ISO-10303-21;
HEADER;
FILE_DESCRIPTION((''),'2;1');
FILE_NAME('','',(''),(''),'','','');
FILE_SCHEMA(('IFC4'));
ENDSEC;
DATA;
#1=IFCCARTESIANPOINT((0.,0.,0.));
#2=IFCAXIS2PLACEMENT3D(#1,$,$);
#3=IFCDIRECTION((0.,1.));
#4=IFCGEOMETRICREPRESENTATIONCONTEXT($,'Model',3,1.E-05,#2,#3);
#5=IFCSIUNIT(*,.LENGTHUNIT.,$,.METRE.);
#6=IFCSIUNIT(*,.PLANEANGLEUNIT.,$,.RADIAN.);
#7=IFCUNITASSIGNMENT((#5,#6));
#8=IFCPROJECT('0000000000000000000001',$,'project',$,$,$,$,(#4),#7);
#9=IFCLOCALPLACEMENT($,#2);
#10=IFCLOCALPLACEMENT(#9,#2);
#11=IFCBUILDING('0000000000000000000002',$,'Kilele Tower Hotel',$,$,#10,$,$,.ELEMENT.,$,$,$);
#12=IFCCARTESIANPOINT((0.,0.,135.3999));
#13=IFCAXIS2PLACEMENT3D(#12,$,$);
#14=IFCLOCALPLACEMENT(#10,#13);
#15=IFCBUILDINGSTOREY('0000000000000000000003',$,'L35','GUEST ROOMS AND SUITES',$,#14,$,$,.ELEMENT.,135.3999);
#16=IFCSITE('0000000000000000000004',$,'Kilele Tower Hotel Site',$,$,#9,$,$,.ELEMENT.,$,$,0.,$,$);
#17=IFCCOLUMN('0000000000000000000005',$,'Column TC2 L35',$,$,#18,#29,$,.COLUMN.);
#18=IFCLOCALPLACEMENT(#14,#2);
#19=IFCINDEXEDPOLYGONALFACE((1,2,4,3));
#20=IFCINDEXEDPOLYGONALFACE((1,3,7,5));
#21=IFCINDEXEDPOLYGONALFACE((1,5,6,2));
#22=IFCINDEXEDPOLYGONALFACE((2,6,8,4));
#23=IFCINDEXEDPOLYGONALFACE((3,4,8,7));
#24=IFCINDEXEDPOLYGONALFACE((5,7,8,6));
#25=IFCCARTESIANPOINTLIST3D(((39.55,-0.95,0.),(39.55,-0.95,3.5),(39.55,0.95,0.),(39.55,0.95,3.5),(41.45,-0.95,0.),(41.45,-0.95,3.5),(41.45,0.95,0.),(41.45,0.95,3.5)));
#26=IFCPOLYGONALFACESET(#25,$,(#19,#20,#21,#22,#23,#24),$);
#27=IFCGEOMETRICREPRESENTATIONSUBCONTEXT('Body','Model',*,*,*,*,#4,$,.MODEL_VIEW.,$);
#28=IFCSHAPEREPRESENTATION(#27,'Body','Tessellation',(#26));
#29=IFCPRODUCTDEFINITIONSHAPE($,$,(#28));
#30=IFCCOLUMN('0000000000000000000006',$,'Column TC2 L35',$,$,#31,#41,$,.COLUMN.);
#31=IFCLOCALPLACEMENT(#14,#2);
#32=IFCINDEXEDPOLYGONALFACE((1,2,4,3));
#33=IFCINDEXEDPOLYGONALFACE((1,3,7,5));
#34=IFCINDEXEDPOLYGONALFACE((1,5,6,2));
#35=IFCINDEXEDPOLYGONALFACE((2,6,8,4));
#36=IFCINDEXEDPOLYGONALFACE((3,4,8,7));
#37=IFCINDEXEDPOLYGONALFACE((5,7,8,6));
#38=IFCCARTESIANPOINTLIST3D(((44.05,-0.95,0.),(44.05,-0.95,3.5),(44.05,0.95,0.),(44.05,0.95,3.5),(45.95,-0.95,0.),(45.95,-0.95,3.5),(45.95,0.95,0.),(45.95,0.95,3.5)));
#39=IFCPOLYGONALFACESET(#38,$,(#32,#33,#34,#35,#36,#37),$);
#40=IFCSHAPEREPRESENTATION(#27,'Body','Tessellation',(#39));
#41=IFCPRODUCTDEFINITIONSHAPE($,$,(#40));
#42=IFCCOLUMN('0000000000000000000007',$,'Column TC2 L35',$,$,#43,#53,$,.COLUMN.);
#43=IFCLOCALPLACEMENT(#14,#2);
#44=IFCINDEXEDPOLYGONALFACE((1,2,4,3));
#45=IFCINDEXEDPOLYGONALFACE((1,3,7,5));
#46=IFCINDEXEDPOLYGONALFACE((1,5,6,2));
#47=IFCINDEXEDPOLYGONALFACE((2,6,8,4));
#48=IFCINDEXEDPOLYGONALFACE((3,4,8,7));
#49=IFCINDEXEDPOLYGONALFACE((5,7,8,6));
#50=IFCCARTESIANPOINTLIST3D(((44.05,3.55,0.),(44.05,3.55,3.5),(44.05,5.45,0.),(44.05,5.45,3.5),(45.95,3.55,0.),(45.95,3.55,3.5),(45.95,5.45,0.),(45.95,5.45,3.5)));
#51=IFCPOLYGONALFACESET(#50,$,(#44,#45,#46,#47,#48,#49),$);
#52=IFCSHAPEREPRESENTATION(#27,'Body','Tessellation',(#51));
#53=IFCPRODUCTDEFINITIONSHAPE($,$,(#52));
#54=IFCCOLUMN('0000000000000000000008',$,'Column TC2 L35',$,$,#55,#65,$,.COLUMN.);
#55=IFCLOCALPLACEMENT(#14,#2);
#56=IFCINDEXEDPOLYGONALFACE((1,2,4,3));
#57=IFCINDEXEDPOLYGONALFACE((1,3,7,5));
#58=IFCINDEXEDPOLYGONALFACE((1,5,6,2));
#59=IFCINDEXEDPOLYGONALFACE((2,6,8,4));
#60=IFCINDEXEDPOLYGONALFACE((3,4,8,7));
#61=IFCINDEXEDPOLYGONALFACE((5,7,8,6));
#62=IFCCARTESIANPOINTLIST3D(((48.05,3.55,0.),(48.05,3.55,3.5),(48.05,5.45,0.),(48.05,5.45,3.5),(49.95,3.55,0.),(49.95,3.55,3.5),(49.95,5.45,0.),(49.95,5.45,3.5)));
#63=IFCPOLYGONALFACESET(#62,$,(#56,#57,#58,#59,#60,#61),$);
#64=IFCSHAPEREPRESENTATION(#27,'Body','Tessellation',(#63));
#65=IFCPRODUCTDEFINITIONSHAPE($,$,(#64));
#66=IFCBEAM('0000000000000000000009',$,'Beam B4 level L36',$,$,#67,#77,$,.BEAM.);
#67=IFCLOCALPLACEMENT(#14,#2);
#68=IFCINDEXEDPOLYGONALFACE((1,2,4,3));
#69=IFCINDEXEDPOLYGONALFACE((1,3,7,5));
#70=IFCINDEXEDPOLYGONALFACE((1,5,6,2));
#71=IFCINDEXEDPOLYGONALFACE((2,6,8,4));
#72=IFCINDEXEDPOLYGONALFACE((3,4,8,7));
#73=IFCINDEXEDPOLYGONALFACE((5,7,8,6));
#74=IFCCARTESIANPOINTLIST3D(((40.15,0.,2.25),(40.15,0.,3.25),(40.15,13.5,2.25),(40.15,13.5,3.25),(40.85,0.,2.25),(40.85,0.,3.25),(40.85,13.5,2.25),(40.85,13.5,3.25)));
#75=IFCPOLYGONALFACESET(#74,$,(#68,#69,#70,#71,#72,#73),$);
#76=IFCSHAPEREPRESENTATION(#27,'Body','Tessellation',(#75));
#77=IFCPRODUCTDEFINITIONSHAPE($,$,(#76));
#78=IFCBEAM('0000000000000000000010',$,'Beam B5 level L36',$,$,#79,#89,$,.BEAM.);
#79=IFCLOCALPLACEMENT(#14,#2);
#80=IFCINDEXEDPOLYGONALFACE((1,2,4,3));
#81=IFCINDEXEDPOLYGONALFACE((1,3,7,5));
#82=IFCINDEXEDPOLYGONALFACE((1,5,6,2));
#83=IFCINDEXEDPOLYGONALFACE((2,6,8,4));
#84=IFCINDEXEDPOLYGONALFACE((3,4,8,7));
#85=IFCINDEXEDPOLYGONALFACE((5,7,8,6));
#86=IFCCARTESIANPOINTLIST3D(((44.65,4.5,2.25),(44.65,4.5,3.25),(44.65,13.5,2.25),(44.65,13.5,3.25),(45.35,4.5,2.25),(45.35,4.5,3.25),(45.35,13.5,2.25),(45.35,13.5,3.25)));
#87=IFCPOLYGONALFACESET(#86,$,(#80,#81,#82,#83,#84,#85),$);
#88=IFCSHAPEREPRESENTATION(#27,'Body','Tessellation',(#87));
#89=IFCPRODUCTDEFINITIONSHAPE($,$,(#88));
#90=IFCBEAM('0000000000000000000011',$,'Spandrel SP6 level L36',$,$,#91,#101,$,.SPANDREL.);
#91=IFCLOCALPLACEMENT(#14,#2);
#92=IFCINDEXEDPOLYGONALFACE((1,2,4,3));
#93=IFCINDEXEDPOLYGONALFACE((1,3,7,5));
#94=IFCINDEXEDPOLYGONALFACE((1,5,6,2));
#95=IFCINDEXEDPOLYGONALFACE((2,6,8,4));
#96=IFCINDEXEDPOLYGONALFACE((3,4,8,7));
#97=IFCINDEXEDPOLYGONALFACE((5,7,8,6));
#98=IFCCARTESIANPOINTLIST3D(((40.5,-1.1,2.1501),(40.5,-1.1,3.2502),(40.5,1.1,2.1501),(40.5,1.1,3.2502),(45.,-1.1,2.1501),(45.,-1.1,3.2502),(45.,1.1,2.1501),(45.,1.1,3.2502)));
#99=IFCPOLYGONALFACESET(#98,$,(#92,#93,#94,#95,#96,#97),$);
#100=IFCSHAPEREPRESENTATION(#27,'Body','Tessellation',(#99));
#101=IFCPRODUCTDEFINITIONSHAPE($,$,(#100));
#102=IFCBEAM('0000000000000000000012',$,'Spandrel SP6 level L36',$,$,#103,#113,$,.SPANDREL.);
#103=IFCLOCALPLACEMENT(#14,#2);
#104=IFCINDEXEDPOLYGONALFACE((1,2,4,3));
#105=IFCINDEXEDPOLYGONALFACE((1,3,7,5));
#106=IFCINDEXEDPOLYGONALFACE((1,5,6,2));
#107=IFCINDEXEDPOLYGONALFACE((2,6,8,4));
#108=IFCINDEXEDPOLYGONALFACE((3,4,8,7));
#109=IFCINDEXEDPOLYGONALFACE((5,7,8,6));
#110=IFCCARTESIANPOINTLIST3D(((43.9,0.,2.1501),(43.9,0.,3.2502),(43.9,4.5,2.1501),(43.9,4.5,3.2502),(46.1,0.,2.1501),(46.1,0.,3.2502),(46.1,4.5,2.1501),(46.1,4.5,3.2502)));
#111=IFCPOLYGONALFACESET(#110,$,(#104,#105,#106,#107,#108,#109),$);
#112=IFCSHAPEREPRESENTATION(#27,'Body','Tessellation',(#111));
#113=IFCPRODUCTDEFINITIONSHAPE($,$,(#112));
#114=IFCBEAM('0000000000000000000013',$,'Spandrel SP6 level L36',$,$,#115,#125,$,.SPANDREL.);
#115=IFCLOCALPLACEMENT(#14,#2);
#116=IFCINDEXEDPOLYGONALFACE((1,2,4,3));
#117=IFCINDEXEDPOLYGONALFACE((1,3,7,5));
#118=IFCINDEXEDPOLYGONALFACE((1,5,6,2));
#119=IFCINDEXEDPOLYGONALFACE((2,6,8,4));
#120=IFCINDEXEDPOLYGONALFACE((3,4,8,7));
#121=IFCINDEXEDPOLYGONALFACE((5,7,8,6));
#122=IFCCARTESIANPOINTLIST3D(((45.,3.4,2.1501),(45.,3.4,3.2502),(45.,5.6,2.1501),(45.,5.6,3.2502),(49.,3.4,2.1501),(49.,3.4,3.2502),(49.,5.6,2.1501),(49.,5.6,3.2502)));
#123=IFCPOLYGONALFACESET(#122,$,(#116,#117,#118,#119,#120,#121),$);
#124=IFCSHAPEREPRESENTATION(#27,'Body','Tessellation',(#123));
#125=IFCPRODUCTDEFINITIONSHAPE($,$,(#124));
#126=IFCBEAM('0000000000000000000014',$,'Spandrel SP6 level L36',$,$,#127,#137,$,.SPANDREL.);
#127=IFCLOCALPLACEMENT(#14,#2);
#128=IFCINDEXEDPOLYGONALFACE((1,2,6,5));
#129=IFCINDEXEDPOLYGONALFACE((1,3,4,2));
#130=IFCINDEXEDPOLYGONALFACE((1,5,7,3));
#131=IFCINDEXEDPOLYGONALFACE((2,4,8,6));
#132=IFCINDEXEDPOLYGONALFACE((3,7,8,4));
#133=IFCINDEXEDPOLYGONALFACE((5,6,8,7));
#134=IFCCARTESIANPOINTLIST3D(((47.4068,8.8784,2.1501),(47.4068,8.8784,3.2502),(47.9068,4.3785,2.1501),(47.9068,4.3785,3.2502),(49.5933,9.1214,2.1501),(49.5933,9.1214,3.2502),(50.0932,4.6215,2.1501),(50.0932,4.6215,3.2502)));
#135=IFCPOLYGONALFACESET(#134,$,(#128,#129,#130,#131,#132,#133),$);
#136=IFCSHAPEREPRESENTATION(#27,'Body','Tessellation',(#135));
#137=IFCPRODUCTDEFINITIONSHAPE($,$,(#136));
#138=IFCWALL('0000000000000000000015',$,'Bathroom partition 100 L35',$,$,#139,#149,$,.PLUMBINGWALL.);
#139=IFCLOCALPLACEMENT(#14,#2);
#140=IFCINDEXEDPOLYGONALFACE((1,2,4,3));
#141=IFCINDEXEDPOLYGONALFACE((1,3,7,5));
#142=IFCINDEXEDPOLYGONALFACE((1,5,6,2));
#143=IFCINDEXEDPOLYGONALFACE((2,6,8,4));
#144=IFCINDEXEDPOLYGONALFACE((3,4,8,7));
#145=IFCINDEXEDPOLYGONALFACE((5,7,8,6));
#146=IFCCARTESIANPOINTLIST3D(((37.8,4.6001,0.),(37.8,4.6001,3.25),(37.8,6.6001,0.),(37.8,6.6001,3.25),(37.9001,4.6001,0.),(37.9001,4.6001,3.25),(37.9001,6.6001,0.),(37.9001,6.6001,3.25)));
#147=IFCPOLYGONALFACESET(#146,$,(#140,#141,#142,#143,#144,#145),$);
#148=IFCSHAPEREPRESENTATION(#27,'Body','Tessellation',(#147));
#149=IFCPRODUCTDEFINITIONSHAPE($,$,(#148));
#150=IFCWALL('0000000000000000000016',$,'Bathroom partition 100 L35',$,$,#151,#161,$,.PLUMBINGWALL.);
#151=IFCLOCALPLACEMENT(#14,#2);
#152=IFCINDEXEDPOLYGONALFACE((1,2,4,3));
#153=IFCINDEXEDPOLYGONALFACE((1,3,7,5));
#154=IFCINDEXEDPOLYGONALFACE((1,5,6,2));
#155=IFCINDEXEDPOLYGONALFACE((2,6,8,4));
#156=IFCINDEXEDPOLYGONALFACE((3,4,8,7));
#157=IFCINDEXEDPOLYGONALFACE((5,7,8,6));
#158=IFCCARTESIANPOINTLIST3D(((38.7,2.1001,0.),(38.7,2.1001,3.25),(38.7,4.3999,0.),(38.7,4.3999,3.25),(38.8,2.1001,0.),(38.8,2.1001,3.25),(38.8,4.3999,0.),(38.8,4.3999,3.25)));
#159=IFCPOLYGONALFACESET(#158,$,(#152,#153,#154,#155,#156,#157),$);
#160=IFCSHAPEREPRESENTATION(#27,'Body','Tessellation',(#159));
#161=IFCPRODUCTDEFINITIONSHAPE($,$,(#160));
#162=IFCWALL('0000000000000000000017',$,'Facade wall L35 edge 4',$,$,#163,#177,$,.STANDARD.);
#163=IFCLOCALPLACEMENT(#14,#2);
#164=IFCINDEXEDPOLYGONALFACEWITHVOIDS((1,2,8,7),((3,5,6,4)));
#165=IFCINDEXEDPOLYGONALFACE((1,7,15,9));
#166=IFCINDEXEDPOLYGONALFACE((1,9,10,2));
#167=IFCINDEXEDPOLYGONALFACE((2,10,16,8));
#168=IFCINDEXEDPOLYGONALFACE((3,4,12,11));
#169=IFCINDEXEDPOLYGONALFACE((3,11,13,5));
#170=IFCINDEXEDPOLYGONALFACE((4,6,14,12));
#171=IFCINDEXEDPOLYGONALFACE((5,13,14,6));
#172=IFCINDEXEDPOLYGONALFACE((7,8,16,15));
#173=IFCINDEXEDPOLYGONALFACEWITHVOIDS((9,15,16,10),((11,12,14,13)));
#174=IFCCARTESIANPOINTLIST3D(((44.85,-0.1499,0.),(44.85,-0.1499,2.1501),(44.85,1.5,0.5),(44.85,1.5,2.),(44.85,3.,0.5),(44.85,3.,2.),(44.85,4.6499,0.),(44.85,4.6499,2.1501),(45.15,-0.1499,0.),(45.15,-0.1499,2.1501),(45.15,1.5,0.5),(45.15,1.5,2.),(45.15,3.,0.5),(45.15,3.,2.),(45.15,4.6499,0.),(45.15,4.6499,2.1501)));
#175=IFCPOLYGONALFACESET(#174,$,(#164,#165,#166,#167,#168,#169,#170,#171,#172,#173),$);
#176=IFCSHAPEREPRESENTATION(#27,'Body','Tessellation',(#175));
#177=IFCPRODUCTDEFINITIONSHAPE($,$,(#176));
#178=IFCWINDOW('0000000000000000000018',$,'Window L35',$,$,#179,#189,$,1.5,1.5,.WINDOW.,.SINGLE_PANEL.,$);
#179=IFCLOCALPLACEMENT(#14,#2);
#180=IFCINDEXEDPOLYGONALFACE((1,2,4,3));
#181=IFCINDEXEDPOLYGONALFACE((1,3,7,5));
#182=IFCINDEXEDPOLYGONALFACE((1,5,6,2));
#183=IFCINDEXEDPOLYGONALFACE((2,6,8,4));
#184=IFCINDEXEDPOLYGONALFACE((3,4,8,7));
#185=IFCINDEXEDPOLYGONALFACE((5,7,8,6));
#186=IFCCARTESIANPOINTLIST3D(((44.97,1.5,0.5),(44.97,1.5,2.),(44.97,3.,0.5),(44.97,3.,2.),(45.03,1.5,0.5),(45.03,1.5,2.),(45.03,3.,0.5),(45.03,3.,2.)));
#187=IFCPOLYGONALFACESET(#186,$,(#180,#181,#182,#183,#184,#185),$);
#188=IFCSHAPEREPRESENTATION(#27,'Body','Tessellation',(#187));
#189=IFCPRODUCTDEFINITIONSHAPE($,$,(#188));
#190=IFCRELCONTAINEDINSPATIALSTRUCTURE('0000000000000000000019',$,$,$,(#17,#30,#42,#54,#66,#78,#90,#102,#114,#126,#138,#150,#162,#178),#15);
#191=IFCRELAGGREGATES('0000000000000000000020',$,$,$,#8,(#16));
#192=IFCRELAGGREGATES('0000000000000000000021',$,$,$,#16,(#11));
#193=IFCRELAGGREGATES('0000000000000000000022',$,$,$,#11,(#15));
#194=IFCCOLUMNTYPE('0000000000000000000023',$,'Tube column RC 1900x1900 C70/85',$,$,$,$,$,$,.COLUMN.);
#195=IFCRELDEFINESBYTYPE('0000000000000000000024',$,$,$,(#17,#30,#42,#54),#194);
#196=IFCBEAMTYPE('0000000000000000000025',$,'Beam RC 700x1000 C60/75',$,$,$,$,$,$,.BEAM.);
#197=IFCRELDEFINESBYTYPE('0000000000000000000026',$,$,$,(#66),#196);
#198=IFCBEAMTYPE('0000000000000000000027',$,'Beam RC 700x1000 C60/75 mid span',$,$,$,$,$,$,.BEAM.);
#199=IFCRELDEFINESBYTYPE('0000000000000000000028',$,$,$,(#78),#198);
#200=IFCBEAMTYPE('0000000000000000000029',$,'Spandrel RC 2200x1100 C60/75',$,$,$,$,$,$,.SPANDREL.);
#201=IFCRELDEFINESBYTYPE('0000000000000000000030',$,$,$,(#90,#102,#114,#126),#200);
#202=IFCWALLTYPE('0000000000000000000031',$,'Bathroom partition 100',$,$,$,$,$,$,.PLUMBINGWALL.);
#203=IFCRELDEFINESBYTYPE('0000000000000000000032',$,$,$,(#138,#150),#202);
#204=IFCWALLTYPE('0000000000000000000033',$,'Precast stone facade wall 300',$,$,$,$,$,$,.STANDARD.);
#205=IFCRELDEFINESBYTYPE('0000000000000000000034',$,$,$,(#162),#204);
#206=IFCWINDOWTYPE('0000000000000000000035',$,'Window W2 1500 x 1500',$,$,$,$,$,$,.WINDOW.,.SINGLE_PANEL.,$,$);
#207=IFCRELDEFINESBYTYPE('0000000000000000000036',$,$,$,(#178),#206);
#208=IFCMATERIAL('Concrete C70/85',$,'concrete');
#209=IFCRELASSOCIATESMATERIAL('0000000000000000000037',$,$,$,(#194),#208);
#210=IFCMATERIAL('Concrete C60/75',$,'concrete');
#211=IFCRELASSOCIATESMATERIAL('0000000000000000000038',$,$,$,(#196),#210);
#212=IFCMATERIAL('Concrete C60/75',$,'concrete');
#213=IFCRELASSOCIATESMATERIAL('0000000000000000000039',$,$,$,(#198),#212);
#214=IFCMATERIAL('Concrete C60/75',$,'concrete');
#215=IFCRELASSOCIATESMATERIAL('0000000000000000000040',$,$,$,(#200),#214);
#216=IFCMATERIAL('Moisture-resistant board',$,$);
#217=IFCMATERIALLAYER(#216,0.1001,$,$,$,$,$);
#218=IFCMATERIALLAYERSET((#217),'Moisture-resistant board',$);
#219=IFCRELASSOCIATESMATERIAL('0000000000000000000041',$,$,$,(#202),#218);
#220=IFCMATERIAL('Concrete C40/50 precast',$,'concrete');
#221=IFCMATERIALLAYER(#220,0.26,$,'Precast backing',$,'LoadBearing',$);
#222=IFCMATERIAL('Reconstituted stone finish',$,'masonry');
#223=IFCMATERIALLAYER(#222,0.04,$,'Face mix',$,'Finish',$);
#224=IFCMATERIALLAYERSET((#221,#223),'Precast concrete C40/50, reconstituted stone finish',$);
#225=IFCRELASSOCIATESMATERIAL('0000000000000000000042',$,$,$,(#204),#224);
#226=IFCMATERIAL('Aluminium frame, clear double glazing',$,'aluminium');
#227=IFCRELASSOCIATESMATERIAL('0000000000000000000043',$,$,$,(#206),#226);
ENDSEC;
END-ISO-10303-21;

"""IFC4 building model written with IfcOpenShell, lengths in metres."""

from ifc_helpers import new_model, si_unit, direction, frame, frame_2d, origin, origin_2d, place, context, subcontext, project, spatial, rectangle, extrude, material, layer, layer_set, material_profile, profile_set, type_object, element, fill, save


model = new_model("IFC4")

# Units and contexts
model_context = context("Model", 3, precision=1e-05, world=origin(), true_north=direction((0.0, 1.0)))
body_context = subcontext(model_context, "Body", "Model", "MODEL_VIEW")
ifc_project = project(units=[si_unit("LENGTHUNIT", "METRE"), si_unit("PLANEANGLEUNIT", "RADIAN")], contexts=[model_context])

# Site, building, storey
site_placement = place(None, origin())
site = spatial("IfcSite", under=ifc_project, at=site_placement, Name="Kilele Tower Hotel Site", CompositionType="ELEMENT", RefElevation=0.0)
building_placement = place(site_placement, origin())
building = spatial("IfcBuilding", under=site, at=building_placement, Name="Kilele Tower Hotel", CompositionType="ELEMENT")
storey_placement = place(building_placement, frame((0.0, 0.0, 135.3999)))
storey = spatial("IfcBuildingStorey", under=building, at=storey_placement, Name="L35", Description="GUEST ROOMS AND SUITES", CompositionType="ELEMENT", Elevation=135.3999)

# Columns
ifc_material_1 = material(Name="Concrete C70/85", Category="concrete")
ifc_material_profile_1 = material_profile(ifc_material_1, rectangle(XDim=1.8999, YDim=1.8999, at=origin_2d()))
ifc_profile_set_1 = profile_set([ifc_material_profile_1], Name="Concrete C70/85")
column_type = type_object("IfcColumnType", Name="Tube column RC 1900x1900 C70/85", PredefinedType="COLUMN", material=ifc_profile_set_1)
for number, where, z_axis, x_axis, name in (
    (1, (40.5, 0.0, 0.0), (0.0, 0.0, 1.0), (1.0, 0.0, 0.0), "Column TC2 L35"),
    (2, (45.0, 0.0, 0.0), (0.0, 0.0, 1.0), (1.0, 0.0, 0.0), "Column TC2 L35"),
    (3, (45.0, 4.5, 0.0), (0.0, 0.0, 1.0), (1.0, 0.0, 0.0), "Column TC2 L35"),
    (4, (49.0, 4.5, 0.0), (0.0, 0.0, 1.0), (1.0, 0.0, 0.0), "Column TC2 L35"),
):
    element("IfcColumn", number, at=place(storey_placement, frame(where, z_axis=z_axis, x_axis=x_axis)), inside=storey, type_object=column_type, Name=name, PredefinedType="COLUMN", context=body_context, shape_type="SweptSolid", body=[
        extrude(rectangle(XDim=1.8999, YDim=1.8999, at=origin_2d()), origin(), (0.0, 0.0, 1.0), 3.5),
    ])

# Beams
ifc_material_2 = material(Name="Concrete C60/75", Category="concrete")
ifc_material_profile_2 = material_profile(ifc_material_2, rectangle(XDim=0.7, YDim=1.0, at=origin_2d()))
ifc_profile_set_2 = profile_set([ifc_material_profile_2], Name="Concrete C60/75")
beam_type_1 = type_object("IfcBeamType", Name="Beam RC 700x1000 C60/75", PredefinedType="BEAM", material=ifc_profile_set_2)
beam_1_placement = place(storey_placement, frame((40.5, 0.0, 2.75), z_axis=(0.0, 1.0, 0.0), x_axis=(-1.0, 0.0, 0.0)))
element("IfcBeam", 5, at=beam_1_placement, inside=storey, type_object=beam_type_1, Name="Beam B4 level L36", PredefinedType="BEAM", context=body_context, shape_type="SweptSolid", body=[
    extrude(rectangle(XDim=0.7, YDim=1.0, at=origin_2d()), origin(), (0.0, 0.0, 1.0), 13.5),
])
ifc_material_3 = material(Name="Concrete C60/75", Category="concrete")
ifc_material_profile_3 = material_profile(ifc_material_3, rectangle(XDim=0.7, YDim=1.0, at=origin_2d()))
ifc_profile_set_3 = profile_set([ifc_material_profile_3], Name="Concrete C60/75")
beam_type_2 = type_object("IfcBeamType", Name="Beam RC 700x1000 C60/75 mid span", PredefinedType="BEAM", material=ifc_profile_set_3)
beam_2_placement = place(storey_placement, frame((45.0, 4.5, 2.75), z_axis=(0.0, 1.0, 0.0), x_axis=(-1.0, 0.0, 0.0)))
element("IfcBeam", 6, at=beam_2_placement, inside=storey, type_object=beam_type_2, Name="Beam B5 level L36", PredefinedType="BEAM", context=body_context, shape_type="SweptSolid", body=[
    extrude(rectangle(XDim=0.7, YDim=1.0, at=origin_2d()), origin(), (0.0, 0.0, 1.0), 9.0),
])
ifc_material_4 = material(Name="Concrete C60/75", Category="concrete")
ifc_material_profile_4 = material_profile(ifc_material_4, rectangle(XDim=2.2, YDim=1.1001, at=origin_2d()))
ifc_profile_set_4 = profile_set([ifc_material_profile_4], Name="Concrete C60/75")
beam_type_3 = type_object("IfcBeamType", Name="Spandrel RC 2200x1100 C60/75", PredefinedType="SPANDREL", material=ifc_profile_set_4)
for number, where, z_axis, x_axis, name in (
    (7, (40.5, 0.0, 2.7002), (1.0, 0.0, 0.0), (0.0, 1.0, 0.0), "Spandrel SP6 level L36"),
    (8, (45.0, 0.0, 2.7002), (0.0, 1.0, 0.0), (-1.0, 0.0, 0.0), "Spandrel SP6 level L36"),
):
    element("IfcBeam", number, at=place(storey_placement, frame(where, z_axis=z_axis, x_axis=x_axis)), inside=storey, type_object=beam_type_3, Name=name, PredefinedType="SPANDREL", context=body_context, shape_type="SweptSolid", body=[
        extrude(rectangle(XDim=2.2, YDim=1.1001, at=origin_2d()), origin(), (0.0, 0.0, 1.0), 4.5),
    ])
beam_3_placement = place(storey_placement, frame((45.0, 4.5, 2.7002), z_axis=(1.0, 0.0, 0.0), x_axis=(0.0, 1.0, 0.0)))
element("IfcBeam", 9, at=beam_3_placement, inside=storey, type_object=beam_type_3, Name="Spandrel SP6 level L36", PredefinedType="SPANDREL", context=body_context, shape_type="SweptSolid", body=[
    extrude(rectangle(XDim=2.2, YDim=1.1001, at=origin_2d()), origin(), (0.0, 0.0, 1.0), 4.0),
])
beam_4_placement = place(storey_placement, frame((49.0, 4.5, 2.7002), z_axis=(-0.110432, 0.993884, 0.0), x_axis=(-0.993884, -0.110432, 0.0)))
element("IfcBeam", 10, at=beam_4_placement, inside=storey, type_object=beam_type_3, Name="Spandrel SP6 level L36", PredefinedType="SPANDREL", context=body_context, shape_type="SweptSolid", body=[
    extrude(rectangle(XDim=2.2, YDim=1.1001, at=origin_2d()), origin(), (0.0, 0.0, 1.0), 4.5276),
])

# Walls
ifc_material_5 = material(Name="Moisture-resistant board")
ifc_layer_1 = layer(ifc_material_5, 0.1001)
ifc_layer_set_1 = layer_set([ifc_layer_1], Name="Moisture-resistant board")
wall_type_1 = type_object("IfcWallType", Name="Bathroom partition 100", PredefinedType="PLUMBINGWALL", material=ifc_layer_set_1)
wall_1_placement = place(storey_placement, frame((37.8501, 4.6001, 0.0), z_axis=(0.0, 0.0, 1.0), x_axis=(0.0, 1.0, 0.0)))
element("IfcWall", 11, at=wall_1_placement, inside=storey, type_object=wall_type_1, Name="Bathroom partition 100 L35", PredefinedType="PLUMBINGWALL", context=body_context, shape_type="SweptSolid", body=[
    extrude(rectangle(XDim=2.0, YDim=0.1001, at=frame_2d((1.0, 0.0))), origin(), (0.0, 0.0, 1.0), 3.25),
])
wall_2_placement = place(storey_placement, frame((38.75, 4.3999, 0.0), z_axis=(0.0, 0.0, 1.0), x_axis=(0.0, -1.0, 0.0)))
element("IfcWall", 12, at=wall_2_placement, inside=storey, type_object=wall_type_1, Name="Bathroom partition 100 L35", PredefinedType="PLUMBINGWALL", context=body_context, shape_type="SweptSolid", body=[
    extrude(rectangle(XDim=2.2998, YDim=0.1001, at=frame_2d((1.1499, 0.0))), origin(), (0.0, 0.0, 1.0), 3.25),
])

# Wall, opening, window
ifc_material_6 = material(Name="Concrete C40/50 precast", Category="concrete")
ifc_layer_2 = layer(ifc_material_6, 0.26, Name="Precast backing", Category="LoadBearing")
ifc_material_7 = material(Name="Reconstituted stone finish", Category="masonry")
ifc_layer_3 = layer(ifc_material_7, 0.04, Name="Face mix", Category="Finish")
ifc_layer_set_2 = layer_set([ifc_layer_2, ifc_layer_3], Name="Precast concrete C40/50, reconstituted stone finish")
wall_type_2 = type_object("IfcWallType", Name="Precast stone facade wall 300", PredefinedType="STANDARD", material=ifc_layer_set_2)
wall_3_placement = place(storey_placement, frame((45.0, -0.1499, 0.0), z_axis=(0.0, 0.0, 1.0), x_axis=(0.0, 1.0, 0.0)))
wall_3 = element("IfcWall", 13, at=wall_3_placement, inside=storey, type_object=wall_type_2, Name="Facade wall L35 edge 4", PredefinedType="STANDARD", context=body_context, shape_type="SweptSolid", body=[
    extrude(rectangle(XDim=4.7998, YDim=0.3, at=frame_2d((2.3999, 0.0))), origin(), (0.0, 0.0, 1.0), 2.1501),
])
opening_1_placement = place(wall_3_placement, frame((1.6499, 0.0, 0.5)))
opening_1 = element("IfcOpeningElement", 14, at=opening_1_placement, cuts=wall_3, PredefinedType="OPENING", context=body_context, shape_type="SweptSolid", body=[
    extrude(rectangle(XDim=1.5, YDim=1.5, at=frame_2d((0.75, 0.75))), frame((0.0, 0.1599, 0.0), z_axis=(0.0, -1.0, 0.0), x_axis=(1.0, 0.0, 0.0)), (0.0, 0.0, 1.0), 0.3201),
])
ifc_material_8 = material(Name="Aluminium frame, clear double glazing", Category="aluminium")
window_type = type_object("IfcWindowType", Name="Window W2 1500 x 1500", PartitioningType="SINGLE_PANEL", PredefinedType="WINDOW", material=ifc_material_8)
window_1_placement = place(opening_1_placement, origin())
window_1 = element("IfcWindow", 15, at=window_1_placement, inside=storey, type_object=window_type, Name="Window L35", OverallHeight=1.5, OverallWidth=1.5, PartitioningType="SINGLE_PANEL", PredefinedType="WINDOW", context=body_context, shape_type="SweptSolid", body=[
    extrude(rectangle(XDim=1.5, YDim=1.5, at=frame_2d((0.75, 0.75))), frame((0.0, 0.03, 0.0), z_axis=(0.0, -1.0, 0.0), x_axis=(1.0, 0.0, 0.0)), (0.0, 0.0, 1.0), 0.0601),
])
fill(opening_1, window_1)

save(model, "model.ifc")
